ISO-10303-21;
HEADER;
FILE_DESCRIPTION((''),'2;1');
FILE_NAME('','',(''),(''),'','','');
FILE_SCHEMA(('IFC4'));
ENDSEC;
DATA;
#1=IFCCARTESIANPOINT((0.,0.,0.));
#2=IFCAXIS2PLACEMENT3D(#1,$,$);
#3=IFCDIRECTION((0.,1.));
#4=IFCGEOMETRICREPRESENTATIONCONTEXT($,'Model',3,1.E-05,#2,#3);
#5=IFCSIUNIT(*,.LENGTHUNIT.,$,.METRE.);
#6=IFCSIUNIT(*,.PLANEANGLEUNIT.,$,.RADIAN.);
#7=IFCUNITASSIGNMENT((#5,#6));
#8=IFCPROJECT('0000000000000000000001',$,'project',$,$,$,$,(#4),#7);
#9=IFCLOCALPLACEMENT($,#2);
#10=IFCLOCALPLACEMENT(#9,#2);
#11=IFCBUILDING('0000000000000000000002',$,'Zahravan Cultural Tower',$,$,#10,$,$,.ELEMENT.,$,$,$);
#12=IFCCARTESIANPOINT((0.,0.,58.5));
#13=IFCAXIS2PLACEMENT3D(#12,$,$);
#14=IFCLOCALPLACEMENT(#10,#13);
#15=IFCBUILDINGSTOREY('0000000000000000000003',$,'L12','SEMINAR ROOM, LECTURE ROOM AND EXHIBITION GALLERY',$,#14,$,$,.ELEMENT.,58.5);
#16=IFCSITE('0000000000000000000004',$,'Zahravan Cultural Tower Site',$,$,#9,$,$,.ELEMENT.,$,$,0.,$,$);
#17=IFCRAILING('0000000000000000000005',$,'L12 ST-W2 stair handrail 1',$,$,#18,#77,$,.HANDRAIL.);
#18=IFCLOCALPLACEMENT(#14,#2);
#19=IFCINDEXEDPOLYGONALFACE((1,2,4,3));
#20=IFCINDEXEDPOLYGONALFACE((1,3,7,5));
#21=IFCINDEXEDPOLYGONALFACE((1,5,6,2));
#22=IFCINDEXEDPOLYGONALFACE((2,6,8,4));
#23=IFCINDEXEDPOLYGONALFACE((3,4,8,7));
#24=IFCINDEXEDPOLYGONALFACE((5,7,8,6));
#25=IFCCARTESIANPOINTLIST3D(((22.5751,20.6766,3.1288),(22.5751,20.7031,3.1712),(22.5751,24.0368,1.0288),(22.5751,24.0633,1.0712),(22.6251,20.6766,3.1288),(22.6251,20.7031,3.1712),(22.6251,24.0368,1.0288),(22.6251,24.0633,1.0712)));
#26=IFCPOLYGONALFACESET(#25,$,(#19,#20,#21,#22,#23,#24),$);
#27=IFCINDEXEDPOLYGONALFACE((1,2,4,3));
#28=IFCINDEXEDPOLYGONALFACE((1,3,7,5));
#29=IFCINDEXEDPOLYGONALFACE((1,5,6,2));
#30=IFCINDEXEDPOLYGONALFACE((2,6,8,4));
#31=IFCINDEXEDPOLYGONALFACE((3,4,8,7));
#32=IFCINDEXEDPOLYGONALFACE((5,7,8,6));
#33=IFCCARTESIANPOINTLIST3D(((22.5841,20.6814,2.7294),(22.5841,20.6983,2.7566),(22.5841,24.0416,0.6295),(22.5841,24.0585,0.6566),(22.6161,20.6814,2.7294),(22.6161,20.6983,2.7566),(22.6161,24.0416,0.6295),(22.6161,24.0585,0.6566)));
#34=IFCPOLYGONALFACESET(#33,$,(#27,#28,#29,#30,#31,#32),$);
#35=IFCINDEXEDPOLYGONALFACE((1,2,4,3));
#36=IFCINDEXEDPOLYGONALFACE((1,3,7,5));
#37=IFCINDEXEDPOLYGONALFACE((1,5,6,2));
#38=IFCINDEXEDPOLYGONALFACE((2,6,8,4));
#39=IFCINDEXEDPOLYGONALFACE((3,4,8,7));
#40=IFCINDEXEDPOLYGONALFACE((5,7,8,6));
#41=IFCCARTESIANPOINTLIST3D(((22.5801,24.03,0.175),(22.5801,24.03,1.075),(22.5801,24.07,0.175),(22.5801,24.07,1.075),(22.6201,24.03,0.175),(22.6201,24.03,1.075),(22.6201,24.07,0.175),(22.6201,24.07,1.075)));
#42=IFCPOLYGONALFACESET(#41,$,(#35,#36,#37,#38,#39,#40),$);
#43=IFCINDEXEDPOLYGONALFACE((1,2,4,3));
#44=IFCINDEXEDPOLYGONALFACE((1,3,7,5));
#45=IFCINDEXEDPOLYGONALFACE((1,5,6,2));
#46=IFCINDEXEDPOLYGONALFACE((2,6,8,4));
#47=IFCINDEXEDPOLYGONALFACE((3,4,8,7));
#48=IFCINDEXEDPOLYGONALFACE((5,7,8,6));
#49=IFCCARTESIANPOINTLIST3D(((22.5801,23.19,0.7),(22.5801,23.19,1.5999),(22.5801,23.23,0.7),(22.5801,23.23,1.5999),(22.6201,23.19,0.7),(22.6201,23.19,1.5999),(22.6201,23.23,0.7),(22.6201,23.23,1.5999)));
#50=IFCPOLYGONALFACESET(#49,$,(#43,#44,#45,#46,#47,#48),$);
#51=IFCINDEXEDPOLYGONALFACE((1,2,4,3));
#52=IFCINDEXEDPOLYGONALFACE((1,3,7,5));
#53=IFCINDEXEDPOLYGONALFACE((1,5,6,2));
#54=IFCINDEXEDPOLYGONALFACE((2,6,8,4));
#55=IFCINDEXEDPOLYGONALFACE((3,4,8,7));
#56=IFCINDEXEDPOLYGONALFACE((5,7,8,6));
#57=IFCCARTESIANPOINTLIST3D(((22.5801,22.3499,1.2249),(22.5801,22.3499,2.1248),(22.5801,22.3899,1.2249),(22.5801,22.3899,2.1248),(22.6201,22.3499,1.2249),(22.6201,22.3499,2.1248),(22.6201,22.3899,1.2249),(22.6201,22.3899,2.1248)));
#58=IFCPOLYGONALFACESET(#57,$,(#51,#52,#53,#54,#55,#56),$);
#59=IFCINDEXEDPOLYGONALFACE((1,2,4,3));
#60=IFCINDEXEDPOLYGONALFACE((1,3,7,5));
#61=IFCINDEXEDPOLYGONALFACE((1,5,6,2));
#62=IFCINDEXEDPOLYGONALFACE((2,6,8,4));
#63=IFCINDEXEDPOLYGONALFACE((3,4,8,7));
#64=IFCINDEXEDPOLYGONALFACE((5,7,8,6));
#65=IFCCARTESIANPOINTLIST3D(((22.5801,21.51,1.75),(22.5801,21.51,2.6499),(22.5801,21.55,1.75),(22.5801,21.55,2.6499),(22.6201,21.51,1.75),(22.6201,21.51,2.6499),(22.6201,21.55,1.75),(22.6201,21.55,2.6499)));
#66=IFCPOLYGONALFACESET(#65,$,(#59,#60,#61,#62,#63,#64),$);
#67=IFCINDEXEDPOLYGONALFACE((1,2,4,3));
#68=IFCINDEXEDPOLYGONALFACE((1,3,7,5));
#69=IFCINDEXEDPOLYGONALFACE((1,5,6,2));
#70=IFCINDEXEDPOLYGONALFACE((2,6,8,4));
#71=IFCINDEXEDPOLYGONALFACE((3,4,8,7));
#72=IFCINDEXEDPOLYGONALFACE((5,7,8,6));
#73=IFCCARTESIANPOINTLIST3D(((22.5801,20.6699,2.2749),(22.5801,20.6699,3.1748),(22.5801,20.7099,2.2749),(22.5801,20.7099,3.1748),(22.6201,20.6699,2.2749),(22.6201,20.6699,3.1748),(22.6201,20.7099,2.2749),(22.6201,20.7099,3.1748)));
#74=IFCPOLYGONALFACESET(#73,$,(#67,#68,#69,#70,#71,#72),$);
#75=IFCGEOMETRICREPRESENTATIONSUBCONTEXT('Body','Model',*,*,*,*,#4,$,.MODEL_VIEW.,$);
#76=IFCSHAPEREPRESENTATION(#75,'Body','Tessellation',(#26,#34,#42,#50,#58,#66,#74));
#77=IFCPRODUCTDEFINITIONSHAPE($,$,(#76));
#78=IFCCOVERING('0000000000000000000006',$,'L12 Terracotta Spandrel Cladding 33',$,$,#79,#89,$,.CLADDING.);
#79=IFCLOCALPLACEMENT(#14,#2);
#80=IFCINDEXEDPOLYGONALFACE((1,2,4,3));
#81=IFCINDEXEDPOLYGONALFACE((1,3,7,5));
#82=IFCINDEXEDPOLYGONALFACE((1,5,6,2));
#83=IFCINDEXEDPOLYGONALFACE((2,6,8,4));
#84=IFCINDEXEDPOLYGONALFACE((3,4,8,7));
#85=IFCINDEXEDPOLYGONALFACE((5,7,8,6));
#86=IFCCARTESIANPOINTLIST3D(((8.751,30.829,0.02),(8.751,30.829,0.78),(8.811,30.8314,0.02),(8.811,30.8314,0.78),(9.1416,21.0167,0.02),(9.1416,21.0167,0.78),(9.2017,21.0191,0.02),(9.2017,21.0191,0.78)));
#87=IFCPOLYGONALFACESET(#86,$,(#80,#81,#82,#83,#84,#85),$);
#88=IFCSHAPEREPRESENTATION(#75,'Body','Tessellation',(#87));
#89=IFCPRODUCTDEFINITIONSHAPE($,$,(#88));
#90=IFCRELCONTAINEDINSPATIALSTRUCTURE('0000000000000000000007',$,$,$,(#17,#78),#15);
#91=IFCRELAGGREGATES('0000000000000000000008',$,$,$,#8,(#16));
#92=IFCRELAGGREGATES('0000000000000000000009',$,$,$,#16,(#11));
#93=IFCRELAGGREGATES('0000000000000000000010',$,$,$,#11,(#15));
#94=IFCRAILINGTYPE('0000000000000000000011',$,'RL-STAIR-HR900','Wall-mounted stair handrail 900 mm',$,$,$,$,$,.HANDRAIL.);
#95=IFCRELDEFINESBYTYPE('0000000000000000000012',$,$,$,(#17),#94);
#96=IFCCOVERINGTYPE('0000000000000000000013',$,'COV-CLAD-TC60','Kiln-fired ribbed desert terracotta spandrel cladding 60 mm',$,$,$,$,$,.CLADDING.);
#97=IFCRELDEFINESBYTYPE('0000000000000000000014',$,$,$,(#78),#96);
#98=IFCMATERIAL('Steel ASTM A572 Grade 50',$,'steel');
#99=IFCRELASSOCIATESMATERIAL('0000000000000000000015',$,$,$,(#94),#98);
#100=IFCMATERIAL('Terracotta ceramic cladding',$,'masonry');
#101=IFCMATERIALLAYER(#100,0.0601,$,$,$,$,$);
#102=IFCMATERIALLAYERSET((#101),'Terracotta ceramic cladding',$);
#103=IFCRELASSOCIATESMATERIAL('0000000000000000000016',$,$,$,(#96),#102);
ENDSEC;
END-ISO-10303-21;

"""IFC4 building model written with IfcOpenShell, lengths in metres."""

from ifc_helpers import new_model, si_unit, direction, frame, origin, origin_2d, place, context, subcontext, project, spatial, rectangle, extrude, source, transform, mapped, material, layer, layer_set, type_object, element, save


model = new_model("IFC4")

# Units and contexts
model_context = context("Model", 3, precision=1e-05, world=origin(), true_north=direction((0.0, 1.0)))
body_context = subcontext(model_context, "Body", "Model", "MODEL_VIEW")
ifc_project = project(units=[si_unit("LENGTHUNIT", "METRE"), si_unit("PLANEANGLEUNIT", "RADIAN")], contexts=[model_context])

# Site, building, storey
site_placement = place(None, origin())
site = spatial("IfcSite", under=ifc_project, at=site_placement, Name="Zahravan Cultural Tower Site", CompositionType="ELEMENT", RefElevation=0.0)
building_placement = place(site_placement, origin())
building = spatial("IfcBuilding", under=site, at=building_placement, Name="Zahravan Cultural Tower", CompositionType="ELEMENT")
storey_placement = place(building_placement, frame((0.0, 0.0, 58.5)))
storey = spatial("IfcBuildingStorey", under=building, at=storey_placement, Name="L12", Description="SEMINAR ROOM, LECTURE ROOM AND EXHIBITION GALLERY", CompositionType="ELEMENT", Elevation=58.5)

# Shared definitions
ifc_material_1 = material(Name="Steel ASTM A572 Grade 50", Category="steel")

# Railing
railing_type_1 = type_object("IfcRailingType", Name="RL-STAIR-HR900", Description="Wall-mounted stair handrail 900 mm", PredefinedType="HANDRAIL", material=ifc_material_1)
railing_1_placement = place(storey_placement, frame((22.6001, 24.05, 0.175)))
element("IfcRailing", 1, at=railing_1_placement, inside=storey, type_object=railing_type_1, Name="L12 ST-W2 stair handrail 1", PredefinedType="HANDRAIL", context=body_context, shape_type="SweptSolid", body=[
    extrude(rectangle(XDim=0.05, YDim=0.05, at=origin_2d()), frame((0.0, 0.0, 0.875), z_axis=(0.0, -0.848023, 0.52996), x_axis=(1.0, 0.0, 0.0)), (0.0, 0.0, 1.0), 3.9624),
    extrude(rectangle(XDim=0.032, YDim=0.032, at=origin_2d()), frame((0.0, 0.0, 0.468), z_axis=(0.0, -0.848023, 0.52996), x_axis=(1.0, 0.0, 0.0)), (0.0, 0.0, 1.0), 3.9624),
    extrude(rectangle(XDim=0.04, YDim=0.04, at=origin_2d()), origin(), (0.0, 0.0, 1.0), 0.8999),
    extrude(rectangle(XDim=0.04, YDim=0.04, at=origin_2d()), frame((0.0, -0.8401, 0.5249)), (0.0, 0.0, 1.0), 0.8999),
    extrude(rectangle(XDim=0.04, YDim=0.04, at=origin_2d()), frame((0.0, -1.6802, 1.0498)), (0.0, 0.0, 1.0), 0.8999),
    extrude(rectangle(XDim=0.04, YDim=0.04, at=origin_2d()), frame((0.0, -2.52, 1.575)), (0.0, 0.0, 1.0), 0.8999),
    extrude(rectangle(XDim=0.04, YDim=0.04, at=origin_2d()), frame((0.0, -3.3601, 2.0999)), (0.0, 0.0, 1.0), 0.8999),
])

# Covering
ifc_material_2 = material(Name="Terracotta ceramic cladding", Category="masonry")
ifc_layer_1 = layer(ifc_material_2, 0.0601)
ifc_layer_set_1 = layer_set([ifc_layer_1], Name="Terracotta ceramic cladding")
covering_type = type_object("IfcCoveringType", Name="COV-CLAD-TC60", Description="Kiln-fired ribbed desert terracotta spandrel cladding 60 mm", PredefinedType="CLADDING", material=ifc_layer_set_1)
shared_shape_1 = source(origin(), body_context, "Body", "SweptSolid", [
    extrude(rectangle(XDim=9.8201, YDim=0.0601, at=origin_2d()), origin(), (0.0, 0.0, 1.0), 0.76),
])
covering_placement = place(storey_placement, frame((8.9763, 25.9241, 0.02), z_axis=(0.0, 0.0, 1.0), x_axis=(-0.039783, 0.999208, 0.0)))
element("IfcCovering", 2, at=covering_placement, inside=storey, type_object=covering_type, Name="L12 Terracotta Spandrel Cladding 33", PredefinedType="CLADDING", context=body_context, shape_type="MappedRepresentation", body=[
    mapped(shared_shape_1, transform((0.0, 0.0, 0.0), x_axis=(1.0, 0.0, 0.0), y_axis=(0.0, 1.0, 0.0), z_axis=(0.0, 0.0, 1.0), scale=1.0)),
])

save(model, "model.ifc")
